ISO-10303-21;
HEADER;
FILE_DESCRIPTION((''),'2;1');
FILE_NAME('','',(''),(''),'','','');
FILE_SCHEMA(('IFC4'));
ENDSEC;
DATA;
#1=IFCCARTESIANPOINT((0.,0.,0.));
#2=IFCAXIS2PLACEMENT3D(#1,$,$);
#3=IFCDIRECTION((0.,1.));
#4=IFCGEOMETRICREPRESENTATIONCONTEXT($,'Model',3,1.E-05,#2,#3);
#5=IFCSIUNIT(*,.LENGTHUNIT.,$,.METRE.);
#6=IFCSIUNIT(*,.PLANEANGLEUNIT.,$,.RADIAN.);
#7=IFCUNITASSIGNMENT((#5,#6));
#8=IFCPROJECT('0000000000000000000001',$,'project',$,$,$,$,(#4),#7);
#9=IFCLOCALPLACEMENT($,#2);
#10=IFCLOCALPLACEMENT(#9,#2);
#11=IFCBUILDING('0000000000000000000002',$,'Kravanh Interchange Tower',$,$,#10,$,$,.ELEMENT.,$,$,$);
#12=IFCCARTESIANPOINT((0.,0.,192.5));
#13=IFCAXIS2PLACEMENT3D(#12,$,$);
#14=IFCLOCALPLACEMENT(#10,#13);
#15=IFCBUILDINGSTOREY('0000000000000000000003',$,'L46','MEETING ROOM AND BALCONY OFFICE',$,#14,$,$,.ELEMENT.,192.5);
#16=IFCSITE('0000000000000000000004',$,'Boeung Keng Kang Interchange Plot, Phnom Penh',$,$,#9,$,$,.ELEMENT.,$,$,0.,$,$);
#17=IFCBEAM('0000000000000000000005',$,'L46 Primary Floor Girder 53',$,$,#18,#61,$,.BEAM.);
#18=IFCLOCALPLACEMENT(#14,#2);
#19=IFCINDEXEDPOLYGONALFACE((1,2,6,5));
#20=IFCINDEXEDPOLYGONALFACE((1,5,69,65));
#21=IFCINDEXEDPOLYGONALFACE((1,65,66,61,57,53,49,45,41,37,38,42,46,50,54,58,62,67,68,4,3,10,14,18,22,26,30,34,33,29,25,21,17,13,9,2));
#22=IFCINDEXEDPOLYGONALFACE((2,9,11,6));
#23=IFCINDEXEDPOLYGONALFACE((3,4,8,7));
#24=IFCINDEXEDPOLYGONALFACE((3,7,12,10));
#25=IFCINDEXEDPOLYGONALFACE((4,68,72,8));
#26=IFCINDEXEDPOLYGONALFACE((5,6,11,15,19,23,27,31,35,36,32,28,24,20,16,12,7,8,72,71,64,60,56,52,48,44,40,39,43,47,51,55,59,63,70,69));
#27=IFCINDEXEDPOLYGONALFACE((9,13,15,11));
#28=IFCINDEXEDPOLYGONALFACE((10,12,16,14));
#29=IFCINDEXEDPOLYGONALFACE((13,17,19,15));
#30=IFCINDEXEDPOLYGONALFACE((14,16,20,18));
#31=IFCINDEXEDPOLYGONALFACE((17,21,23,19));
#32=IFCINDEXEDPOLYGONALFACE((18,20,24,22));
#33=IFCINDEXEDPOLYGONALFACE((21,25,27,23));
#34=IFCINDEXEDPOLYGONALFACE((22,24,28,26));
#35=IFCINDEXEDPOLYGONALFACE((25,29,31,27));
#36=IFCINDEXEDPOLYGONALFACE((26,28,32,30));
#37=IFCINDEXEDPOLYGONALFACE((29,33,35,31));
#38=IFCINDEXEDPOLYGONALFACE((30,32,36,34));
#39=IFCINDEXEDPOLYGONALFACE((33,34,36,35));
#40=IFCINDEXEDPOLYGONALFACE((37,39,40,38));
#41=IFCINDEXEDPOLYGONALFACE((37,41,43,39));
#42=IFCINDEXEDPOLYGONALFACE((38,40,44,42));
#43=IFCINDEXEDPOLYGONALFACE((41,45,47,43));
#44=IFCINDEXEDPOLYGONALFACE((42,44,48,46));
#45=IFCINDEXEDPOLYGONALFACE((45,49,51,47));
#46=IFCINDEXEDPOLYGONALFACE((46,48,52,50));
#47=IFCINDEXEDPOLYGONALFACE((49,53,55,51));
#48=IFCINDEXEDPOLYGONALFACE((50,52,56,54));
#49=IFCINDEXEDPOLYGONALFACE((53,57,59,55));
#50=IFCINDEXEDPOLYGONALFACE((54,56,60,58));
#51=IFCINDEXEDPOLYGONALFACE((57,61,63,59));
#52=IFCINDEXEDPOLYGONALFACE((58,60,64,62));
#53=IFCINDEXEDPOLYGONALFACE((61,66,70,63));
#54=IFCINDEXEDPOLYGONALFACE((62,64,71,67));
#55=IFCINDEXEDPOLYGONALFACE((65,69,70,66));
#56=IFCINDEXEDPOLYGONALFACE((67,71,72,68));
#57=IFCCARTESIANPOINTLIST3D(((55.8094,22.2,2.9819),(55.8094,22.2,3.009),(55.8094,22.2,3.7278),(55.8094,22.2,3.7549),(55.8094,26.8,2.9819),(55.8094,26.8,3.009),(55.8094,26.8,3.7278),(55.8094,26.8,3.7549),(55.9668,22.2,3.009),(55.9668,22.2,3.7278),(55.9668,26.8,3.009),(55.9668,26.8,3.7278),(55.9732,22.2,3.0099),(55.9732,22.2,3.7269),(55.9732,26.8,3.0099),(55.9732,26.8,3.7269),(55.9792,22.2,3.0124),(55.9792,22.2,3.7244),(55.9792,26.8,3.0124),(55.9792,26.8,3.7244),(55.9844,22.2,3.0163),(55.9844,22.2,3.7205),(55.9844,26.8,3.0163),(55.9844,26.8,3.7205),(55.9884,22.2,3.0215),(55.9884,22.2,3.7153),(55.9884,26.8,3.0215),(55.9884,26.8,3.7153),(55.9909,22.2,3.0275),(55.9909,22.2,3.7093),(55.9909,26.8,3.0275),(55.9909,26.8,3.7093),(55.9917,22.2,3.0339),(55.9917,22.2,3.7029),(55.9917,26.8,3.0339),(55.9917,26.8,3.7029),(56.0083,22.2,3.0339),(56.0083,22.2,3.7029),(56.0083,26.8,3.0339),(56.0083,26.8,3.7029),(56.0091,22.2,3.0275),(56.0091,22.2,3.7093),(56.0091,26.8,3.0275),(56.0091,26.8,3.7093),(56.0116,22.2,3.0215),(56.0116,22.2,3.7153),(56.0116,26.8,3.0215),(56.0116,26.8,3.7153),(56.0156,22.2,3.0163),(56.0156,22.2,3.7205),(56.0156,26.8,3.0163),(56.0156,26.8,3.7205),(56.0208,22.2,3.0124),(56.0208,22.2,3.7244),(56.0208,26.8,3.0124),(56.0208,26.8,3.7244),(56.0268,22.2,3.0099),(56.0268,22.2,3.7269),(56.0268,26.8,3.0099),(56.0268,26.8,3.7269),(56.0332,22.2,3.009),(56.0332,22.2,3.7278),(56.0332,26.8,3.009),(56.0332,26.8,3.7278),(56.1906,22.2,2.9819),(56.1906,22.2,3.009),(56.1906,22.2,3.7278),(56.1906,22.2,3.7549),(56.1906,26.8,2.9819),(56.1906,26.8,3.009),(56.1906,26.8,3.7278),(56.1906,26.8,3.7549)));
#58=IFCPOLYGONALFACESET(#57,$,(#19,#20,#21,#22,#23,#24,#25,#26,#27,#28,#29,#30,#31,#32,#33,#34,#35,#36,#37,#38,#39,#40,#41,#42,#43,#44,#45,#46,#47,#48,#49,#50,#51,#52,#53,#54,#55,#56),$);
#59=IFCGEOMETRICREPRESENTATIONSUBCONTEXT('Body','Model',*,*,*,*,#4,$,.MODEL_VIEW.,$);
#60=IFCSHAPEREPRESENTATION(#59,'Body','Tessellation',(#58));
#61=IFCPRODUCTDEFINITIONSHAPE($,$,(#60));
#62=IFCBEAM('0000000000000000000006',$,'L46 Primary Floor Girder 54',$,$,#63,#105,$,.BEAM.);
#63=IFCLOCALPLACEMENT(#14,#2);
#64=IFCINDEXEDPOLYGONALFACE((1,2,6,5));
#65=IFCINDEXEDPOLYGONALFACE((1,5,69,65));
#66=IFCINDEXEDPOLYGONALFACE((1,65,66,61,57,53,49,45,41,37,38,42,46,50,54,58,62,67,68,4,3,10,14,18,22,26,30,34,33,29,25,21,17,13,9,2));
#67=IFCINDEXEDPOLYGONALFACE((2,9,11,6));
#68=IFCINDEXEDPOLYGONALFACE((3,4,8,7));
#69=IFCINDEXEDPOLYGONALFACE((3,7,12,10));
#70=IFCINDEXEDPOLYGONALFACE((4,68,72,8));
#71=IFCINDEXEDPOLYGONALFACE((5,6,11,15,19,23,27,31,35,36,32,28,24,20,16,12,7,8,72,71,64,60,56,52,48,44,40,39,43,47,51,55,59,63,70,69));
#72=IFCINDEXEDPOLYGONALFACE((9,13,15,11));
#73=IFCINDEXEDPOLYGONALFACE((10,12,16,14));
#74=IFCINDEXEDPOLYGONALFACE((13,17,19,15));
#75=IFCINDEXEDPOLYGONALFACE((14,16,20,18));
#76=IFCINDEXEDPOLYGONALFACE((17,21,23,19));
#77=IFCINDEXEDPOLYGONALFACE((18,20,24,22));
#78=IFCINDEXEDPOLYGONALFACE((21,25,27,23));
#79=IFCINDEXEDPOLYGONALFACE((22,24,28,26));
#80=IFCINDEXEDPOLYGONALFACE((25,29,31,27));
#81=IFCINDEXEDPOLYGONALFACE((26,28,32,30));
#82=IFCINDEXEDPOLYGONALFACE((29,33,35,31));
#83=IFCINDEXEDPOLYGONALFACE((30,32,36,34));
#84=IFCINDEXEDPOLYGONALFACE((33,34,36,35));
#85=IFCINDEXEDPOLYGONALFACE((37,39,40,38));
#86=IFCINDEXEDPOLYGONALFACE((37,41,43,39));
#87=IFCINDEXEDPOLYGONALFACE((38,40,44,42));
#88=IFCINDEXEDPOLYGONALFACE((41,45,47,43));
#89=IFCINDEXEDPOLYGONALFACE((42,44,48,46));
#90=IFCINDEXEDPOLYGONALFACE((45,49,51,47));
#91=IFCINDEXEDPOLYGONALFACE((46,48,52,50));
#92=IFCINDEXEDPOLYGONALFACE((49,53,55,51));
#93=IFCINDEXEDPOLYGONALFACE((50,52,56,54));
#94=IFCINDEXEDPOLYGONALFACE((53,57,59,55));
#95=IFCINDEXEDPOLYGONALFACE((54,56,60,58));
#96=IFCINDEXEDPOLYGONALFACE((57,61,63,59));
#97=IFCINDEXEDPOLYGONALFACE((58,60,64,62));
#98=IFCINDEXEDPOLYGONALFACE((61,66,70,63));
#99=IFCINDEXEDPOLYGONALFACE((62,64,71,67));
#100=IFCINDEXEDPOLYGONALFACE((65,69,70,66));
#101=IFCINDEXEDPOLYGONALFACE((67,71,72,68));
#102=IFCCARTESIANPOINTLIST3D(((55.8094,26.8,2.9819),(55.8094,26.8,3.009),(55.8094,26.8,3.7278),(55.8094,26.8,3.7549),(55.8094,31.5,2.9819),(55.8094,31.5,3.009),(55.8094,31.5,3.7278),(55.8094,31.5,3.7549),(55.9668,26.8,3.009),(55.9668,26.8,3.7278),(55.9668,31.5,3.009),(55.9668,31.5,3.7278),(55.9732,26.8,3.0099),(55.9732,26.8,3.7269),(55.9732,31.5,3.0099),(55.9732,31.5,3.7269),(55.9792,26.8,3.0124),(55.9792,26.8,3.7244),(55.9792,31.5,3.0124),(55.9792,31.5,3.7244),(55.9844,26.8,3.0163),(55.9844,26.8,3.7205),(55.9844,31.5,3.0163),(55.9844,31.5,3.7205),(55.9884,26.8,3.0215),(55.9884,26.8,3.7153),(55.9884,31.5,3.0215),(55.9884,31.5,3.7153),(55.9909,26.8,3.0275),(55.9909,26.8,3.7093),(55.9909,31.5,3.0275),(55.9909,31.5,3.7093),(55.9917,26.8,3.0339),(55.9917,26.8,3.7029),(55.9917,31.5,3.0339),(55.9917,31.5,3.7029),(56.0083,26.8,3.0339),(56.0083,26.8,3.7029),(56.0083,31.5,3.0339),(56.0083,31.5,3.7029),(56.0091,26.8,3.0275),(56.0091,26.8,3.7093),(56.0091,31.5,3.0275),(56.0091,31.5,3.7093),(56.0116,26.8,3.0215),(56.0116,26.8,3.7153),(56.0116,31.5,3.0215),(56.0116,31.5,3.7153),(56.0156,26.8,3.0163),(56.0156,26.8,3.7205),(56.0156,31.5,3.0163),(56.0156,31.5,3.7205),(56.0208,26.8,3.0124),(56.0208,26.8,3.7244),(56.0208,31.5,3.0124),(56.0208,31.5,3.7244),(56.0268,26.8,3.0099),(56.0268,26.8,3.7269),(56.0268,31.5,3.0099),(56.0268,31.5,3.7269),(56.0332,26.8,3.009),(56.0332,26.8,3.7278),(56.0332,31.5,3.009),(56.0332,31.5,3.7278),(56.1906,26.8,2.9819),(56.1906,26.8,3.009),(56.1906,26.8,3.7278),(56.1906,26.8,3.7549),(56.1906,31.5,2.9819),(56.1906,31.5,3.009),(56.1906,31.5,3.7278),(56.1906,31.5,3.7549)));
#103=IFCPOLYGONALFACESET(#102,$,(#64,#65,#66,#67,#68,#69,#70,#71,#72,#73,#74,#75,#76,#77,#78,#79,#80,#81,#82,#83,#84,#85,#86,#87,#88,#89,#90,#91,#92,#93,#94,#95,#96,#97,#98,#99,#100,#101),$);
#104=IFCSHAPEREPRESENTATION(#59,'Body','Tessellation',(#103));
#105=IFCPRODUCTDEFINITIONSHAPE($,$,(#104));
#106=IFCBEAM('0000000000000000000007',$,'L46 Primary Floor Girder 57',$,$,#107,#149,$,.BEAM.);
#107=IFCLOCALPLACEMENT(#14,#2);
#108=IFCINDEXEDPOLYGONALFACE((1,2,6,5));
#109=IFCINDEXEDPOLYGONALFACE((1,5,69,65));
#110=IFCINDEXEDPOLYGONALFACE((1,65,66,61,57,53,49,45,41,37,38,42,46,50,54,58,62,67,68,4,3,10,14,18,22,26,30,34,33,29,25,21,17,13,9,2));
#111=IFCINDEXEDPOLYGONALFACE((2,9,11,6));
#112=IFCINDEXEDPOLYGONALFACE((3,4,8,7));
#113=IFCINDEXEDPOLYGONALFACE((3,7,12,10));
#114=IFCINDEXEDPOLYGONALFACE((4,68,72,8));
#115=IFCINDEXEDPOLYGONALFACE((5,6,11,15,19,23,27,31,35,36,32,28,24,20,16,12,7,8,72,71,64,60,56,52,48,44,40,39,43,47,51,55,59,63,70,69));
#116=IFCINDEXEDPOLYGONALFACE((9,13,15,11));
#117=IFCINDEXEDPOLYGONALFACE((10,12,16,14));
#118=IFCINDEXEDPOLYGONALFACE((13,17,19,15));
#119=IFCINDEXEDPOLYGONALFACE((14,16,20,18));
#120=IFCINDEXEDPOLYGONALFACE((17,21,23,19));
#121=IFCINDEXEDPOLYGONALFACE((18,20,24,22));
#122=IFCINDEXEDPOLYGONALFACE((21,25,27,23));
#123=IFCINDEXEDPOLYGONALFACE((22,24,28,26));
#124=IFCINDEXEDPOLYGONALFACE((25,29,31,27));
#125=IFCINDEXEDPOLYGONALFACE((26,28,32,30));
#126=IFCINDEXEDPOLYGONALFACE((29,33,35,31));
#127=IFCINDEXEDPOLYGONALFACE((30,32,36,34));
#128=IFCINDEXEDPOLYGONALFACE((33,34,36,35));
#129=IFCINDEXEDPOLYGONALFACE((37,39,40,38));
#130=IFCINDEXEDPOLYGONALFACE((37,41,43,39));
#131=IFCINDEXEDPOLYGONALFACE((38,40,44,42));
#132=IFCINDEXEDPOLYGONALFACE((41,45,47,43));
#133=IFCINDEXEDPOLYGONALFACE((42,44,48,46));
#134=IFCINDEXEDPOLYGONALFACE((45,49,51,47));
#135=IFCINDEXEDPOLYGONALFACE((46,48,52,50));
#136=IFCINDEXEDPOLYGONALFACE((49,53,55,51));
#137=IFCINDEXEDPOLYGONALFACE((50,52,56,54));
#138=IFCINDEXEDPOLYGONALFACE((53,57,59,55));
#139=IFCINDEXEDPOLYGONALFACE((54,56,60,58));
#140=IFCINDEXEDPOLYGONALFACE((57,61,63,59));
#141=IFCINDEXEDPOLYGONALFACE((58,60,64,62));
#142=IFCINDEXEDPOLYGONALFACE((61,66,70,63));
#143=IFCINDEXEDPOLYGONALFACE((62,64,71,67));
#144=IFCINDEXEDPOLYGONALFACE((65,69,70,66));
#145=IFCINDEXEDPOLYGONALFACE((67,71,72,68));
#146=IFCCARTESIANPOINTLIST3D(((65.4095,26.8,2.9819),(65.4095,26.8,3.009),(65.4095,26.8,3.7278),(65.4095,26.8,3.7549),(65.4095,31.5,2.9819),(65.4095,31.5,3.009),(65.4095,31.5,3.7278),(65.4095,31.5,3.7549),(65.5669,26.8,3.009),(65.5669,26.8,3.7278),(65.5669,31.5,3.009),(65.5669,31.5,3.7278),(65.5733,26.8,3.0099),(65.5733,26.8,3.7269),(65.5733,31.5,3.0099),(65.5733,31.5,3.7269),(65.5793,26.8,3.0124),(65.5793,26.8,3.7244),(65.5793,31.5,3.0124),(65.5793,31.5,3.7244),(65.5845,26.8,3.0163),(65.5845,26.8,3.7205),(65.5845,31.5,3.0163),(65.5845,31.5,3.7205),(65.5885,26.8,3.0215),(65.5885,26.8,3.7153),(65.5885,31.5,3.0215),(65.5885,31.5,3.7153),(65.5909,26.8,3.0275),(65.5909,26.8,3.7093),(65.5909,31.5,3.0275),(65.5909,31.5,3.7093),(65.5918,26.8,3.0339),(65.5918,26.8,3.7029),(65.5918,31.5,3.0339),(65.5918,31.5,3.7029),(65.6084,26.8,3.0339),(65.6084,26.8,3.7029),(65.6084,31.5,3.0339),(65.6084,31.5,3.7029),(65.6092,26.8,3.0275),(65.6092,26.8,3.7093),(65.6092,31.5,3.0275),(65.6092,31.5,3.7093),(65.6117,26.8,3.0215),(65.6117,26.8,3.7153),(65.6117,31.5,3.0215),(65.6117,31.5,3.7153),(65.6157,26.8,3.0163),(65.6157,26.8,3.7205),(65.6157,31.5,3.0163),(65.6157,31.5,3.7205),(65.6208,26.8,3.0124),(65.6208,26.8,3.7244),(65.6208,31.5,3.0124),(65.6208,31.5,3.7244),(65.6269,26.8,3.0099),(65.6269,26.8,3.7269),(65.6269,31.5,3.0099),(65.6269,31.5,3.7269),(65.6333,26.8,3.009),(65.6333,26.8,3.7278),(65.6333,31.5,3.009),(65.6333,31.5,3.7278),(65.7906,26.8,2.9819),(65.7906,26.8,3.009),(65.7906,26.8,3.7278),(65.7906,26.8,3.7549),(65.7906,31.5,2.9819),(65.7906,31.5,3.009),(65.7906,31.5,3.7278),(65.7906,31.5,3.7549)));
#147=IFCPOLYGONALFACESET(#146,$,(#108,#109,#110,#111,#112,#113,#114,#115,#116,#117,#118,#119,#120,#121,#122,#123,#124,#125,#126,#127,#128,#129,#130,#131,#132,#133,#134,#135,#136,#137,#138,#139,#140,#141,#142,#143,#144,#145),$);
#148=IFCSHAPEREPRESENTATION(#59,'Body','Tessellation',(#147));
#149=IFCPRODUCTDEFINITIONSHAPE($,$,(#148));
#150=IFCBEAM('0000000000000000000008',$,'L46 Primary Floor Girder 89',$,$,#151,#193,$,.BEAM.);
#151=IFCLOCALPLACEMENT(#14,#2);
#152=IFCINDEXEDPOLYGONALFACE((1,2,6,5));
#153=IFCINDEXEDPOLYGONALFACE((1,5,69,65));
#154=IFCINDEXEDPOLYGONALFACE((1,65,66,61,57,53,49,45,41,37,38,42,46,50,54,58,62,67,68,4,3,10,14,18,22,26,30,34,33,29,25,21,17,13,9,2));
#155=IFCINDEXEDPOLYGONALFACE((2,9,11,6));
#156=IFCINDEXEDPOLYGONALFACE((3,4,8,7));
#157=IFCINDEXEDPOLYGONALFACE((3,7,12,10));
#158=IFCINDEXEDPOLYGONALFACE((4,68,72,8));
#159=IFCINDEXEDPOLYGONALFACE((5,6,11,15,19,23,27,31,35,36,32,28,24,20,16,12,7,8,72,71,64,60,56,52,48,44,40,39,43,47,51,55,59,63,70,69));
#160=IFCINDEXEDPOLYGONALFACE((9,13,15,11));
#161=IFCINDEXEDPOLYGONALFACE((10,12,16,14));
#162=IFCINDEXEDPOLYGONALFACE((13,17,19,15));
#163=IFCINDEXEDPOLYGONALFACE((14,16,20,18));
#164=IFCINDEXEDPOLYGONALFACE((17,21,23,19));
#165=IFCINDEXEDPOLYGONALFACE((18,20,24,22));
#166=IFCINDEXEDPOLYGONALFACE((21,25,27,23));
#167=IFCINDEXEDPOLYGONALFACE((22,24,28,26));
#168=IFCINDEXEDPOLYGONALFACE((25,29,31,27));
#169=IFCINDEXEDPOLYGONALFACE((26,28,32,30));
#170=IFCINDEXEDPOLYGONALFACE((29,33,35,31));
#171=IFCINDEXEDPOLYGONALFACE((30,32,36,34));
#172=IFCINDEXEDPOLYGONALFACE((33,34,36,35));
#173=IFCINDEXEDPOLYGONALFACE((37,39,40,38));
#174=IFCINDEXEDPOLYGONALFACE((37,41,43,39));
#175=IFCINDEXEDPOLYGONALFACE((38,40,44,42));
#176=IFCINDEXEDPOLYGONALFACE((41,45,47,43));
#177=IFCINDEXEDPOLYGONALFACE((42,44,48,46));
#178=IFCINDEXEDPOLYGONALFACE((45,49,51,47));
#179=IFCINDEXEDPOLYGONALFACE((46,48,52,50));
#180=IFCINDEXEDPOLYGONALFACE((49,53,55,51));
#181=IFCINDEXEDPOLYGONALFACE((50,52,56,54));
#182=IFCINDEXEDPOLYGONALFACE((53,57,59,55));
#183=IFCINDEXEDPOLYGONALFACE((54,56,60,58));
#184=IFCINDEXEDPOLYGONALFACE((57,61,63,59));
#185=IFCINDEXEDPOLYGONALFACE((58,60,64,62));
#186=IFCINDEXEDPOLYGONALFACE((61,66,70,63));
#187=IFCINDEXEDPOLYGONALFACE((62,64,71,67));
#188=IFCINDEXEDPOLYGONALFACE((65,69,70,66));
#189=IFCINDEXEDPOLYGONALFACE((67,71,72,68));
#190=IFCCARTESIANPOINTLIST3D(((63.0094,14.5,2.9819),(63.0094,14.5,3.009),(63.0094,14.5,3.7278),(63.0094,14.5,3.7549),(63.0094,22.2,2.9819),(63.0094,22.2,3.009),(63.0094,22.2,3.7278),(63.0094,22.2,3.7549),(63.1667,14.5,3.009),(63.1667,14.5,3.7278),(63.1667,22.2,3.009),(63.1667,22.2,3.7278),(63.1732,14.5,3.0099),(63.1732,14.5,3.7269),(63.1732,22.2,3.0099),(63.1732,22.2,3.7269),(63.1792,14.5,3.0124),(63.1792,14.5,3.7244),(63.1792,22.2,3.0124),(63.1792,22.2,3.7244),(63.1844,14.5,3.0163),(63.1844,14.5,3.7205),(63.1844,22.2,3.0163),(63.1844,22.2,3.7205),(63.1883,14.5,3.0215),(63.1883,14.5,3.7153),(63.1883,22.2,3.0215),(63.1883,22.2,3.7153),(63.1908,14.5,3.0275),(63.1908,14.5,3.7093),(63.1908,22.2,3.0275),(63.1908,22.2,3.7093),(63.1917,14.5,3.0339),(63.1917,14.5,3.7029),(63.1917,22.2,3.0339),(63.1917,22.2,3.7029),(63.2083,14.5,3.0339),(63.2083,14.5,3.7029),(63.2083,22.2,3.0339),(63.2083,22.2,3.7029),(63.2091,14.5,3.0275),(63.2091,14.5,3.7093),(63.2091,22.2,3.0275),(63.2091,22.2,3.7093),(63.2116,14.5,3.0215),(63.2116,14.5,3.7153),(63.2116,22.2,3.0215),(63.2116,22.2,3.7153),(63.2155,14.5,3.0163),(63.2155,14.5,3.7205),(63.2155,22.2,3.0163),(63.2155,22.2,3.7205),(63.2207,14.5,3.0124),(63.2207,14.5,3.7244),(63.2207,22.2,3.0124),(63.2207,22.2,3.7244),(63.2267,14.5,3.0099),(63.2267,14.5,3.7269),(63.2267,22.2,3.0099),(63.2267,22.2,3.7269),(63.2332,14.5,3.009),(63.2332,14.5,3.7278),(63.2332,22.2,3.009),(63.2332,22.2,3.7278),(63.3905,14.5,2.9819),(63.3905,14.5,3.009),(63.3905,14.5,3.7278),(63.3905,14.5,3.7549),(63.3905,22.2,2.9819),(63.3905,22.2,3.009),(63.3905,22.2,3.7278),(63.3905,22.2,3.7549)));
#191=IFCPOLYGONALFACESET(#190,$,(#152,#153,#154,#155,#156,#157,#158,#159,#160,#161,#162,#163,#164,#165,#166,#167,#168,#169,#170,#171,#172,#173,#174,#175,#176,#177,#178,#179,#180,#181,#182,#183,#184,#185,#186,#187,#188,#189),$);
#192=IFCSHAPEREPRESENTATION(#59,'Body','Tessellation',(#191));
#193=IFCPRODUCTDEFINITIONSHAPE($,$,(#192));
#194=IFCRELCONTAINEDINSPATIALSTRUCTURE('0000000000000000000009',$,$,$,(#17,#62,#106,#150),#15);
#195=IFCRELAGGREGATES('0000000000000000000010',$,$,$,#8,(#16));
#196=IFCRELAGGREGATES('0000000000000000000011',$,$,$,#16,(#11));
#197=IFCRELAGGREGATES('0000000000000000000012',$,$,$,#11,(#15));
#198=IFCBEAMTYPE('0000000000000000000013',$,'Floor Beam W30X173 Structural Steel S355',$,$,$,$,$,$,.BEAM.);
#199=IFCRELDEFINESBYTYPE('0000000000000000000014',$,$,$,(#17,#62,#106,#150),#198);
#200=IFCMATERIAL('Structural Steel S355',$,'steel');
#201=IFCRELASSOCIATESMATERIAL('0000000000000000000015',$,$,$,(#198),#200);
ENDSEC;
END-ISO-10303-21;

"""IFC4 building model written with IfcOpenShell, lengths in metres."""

from ifc_helpers import new_model, si_unit, direction, frame, origin, origin_2d, place, context, subcontext, project, spatial, i_section, extrude, material, material_profile, profile_set, type_object, element, save


model = new_model("IFC4")

# Units and contexts
model_context = context("Model", 3, precision=1e-05, world=origin(), true_north=direction((0.0, 1.0)))
body_context = subcontext(model_context, "Body", "Model", "MODEL_VIEW")
ifc_project = project(units=[si_unit("LENGTHUNIT", "METRE"), si_unit("PLANEANGLEUNIT", "RADIAN")], contexts=[model_context])

# Site, building, storey
site_placement = place(None, origin())
site = spatial("IfcSite", under=ifc_project, at=site_placement, Name="Boeung Keng Kang Interchange Plot, Phnom Penh", CompositionType="ELEMENT", RefElevation=0.0)
building_placement = place(site_placement, origin())
building = spatial("IfcBuilding", under=site, at=building_placement, Name="Kravanh Interchange Tower", CompositionType="ELEMENT")
storey_placement = place(building_placement, frame((0.0, 0.0, 192.5)))
storey = spatial("IfcBuildingStorey", under=building, at=storey_placement, Name="L46", Description="MEETING ROOM AND BALCONY OFFICE", CompositionType="ELEMENT", Elevation=192.5)

# Beams
ifc_material_1 = material(Name="Structural Steel S355", Category="steel")
ifc_material_profile_1 = material_profile(ifc_material_1, i_section(OverallWidth=0.3811, OverallDepth=0.7729, WebThickness=0.0166, FlangeThickness=0.0271, FilletRadius=0.0249, at=origin_2d()), Name="W30X173")
ifc_profile_set_1 = profile_set([ifc_material_profile_1], Name="Structural Steel S355")
beam_type_1 = type_object("IfcBeamType", Name="Floor Beam W30X173 Structural Steel S355", PredefinedType="BEAM", material=ifc_profile_set_1)
beam_1_placement = place(storey_placement, frame((56.0, 26.8, 3.3684), z_axis=(0.0, -1.0, 0.0), x_axis=(1.0, 0.0, 0.0)))
element("IfcBeam", 1, at=beam_1_placement, inside=storey, type_object=beam_type_1, Name="L46 Primary Floor Girder 53", PredefinedType="BEAM", context=body_context, shape_type="SweptSolid", body=[
    extrude(i_section(OverallWidth=0.3811, OverallDepth=0.7729, WebThickness=0.0166, FlangeThickness=0.0271, FilletRadius=0.0249, at=origin_2d()), origin(), (0.0, 0.0, 1.0), 4.6001),
])
for number, where, z_axis, x_axis, name in (
    (2, (56.0, 26.8, 3.3684), (0.0, 1.0, 0.0), (-1.0, 0.0, 0.0), "L46 Primary Floor Girder 54"),
    (3, (65.6001, 26.8, 3.3684), (0.0, 1.0, 0.0), (-1.0, 0.0, 0.0), "L46 Primary Floor Girder 57"),
):
    element("IfcBeam", number, at=place(storey_placement, frame(where, z_axis=z_axis, x_axis=x_axis)), inside=storey, type_object=beam_type_1, Name=name, PredefinedType="BEAM", context=body_context, shape_type="SweptSolid", body=[
        extrude(i_section(OverallWidth=0.3811, OverallDepth=0.7729, WebThickness=0.0166, FlangeThickness=0.0271, FilletRadius=0.0249, at=origin_2d()), origin(), (0.0, 0.0, 1.0), 4.7),
    ])
beam_2_placement = place(storey_placement, frame((63.2, 14.5, 3.3684), z_axis=(0.0, 1.0, 0.0), x_axis=(-1.0, 0.0, 0.0)))
element("IfcBeam", 4, at=beam_2_placement, inside=storey, type_object=beam_type_1, Name="L46 Primary Floor Girder 89", PredefinedType="BEAM", context=body_context, shape_type="SweptSolid", body=[
    extrude(i_section(OverallWidth=0.3811, OverallDepth=0.7729, WebThickness=0.0166, FlangeThickness=0.0271, FilletRadius=0.0249, at=origin_2d()), origin(), (0.0, 0.0, 1.0), 7.7),
])

save(model, "model.ifc")
